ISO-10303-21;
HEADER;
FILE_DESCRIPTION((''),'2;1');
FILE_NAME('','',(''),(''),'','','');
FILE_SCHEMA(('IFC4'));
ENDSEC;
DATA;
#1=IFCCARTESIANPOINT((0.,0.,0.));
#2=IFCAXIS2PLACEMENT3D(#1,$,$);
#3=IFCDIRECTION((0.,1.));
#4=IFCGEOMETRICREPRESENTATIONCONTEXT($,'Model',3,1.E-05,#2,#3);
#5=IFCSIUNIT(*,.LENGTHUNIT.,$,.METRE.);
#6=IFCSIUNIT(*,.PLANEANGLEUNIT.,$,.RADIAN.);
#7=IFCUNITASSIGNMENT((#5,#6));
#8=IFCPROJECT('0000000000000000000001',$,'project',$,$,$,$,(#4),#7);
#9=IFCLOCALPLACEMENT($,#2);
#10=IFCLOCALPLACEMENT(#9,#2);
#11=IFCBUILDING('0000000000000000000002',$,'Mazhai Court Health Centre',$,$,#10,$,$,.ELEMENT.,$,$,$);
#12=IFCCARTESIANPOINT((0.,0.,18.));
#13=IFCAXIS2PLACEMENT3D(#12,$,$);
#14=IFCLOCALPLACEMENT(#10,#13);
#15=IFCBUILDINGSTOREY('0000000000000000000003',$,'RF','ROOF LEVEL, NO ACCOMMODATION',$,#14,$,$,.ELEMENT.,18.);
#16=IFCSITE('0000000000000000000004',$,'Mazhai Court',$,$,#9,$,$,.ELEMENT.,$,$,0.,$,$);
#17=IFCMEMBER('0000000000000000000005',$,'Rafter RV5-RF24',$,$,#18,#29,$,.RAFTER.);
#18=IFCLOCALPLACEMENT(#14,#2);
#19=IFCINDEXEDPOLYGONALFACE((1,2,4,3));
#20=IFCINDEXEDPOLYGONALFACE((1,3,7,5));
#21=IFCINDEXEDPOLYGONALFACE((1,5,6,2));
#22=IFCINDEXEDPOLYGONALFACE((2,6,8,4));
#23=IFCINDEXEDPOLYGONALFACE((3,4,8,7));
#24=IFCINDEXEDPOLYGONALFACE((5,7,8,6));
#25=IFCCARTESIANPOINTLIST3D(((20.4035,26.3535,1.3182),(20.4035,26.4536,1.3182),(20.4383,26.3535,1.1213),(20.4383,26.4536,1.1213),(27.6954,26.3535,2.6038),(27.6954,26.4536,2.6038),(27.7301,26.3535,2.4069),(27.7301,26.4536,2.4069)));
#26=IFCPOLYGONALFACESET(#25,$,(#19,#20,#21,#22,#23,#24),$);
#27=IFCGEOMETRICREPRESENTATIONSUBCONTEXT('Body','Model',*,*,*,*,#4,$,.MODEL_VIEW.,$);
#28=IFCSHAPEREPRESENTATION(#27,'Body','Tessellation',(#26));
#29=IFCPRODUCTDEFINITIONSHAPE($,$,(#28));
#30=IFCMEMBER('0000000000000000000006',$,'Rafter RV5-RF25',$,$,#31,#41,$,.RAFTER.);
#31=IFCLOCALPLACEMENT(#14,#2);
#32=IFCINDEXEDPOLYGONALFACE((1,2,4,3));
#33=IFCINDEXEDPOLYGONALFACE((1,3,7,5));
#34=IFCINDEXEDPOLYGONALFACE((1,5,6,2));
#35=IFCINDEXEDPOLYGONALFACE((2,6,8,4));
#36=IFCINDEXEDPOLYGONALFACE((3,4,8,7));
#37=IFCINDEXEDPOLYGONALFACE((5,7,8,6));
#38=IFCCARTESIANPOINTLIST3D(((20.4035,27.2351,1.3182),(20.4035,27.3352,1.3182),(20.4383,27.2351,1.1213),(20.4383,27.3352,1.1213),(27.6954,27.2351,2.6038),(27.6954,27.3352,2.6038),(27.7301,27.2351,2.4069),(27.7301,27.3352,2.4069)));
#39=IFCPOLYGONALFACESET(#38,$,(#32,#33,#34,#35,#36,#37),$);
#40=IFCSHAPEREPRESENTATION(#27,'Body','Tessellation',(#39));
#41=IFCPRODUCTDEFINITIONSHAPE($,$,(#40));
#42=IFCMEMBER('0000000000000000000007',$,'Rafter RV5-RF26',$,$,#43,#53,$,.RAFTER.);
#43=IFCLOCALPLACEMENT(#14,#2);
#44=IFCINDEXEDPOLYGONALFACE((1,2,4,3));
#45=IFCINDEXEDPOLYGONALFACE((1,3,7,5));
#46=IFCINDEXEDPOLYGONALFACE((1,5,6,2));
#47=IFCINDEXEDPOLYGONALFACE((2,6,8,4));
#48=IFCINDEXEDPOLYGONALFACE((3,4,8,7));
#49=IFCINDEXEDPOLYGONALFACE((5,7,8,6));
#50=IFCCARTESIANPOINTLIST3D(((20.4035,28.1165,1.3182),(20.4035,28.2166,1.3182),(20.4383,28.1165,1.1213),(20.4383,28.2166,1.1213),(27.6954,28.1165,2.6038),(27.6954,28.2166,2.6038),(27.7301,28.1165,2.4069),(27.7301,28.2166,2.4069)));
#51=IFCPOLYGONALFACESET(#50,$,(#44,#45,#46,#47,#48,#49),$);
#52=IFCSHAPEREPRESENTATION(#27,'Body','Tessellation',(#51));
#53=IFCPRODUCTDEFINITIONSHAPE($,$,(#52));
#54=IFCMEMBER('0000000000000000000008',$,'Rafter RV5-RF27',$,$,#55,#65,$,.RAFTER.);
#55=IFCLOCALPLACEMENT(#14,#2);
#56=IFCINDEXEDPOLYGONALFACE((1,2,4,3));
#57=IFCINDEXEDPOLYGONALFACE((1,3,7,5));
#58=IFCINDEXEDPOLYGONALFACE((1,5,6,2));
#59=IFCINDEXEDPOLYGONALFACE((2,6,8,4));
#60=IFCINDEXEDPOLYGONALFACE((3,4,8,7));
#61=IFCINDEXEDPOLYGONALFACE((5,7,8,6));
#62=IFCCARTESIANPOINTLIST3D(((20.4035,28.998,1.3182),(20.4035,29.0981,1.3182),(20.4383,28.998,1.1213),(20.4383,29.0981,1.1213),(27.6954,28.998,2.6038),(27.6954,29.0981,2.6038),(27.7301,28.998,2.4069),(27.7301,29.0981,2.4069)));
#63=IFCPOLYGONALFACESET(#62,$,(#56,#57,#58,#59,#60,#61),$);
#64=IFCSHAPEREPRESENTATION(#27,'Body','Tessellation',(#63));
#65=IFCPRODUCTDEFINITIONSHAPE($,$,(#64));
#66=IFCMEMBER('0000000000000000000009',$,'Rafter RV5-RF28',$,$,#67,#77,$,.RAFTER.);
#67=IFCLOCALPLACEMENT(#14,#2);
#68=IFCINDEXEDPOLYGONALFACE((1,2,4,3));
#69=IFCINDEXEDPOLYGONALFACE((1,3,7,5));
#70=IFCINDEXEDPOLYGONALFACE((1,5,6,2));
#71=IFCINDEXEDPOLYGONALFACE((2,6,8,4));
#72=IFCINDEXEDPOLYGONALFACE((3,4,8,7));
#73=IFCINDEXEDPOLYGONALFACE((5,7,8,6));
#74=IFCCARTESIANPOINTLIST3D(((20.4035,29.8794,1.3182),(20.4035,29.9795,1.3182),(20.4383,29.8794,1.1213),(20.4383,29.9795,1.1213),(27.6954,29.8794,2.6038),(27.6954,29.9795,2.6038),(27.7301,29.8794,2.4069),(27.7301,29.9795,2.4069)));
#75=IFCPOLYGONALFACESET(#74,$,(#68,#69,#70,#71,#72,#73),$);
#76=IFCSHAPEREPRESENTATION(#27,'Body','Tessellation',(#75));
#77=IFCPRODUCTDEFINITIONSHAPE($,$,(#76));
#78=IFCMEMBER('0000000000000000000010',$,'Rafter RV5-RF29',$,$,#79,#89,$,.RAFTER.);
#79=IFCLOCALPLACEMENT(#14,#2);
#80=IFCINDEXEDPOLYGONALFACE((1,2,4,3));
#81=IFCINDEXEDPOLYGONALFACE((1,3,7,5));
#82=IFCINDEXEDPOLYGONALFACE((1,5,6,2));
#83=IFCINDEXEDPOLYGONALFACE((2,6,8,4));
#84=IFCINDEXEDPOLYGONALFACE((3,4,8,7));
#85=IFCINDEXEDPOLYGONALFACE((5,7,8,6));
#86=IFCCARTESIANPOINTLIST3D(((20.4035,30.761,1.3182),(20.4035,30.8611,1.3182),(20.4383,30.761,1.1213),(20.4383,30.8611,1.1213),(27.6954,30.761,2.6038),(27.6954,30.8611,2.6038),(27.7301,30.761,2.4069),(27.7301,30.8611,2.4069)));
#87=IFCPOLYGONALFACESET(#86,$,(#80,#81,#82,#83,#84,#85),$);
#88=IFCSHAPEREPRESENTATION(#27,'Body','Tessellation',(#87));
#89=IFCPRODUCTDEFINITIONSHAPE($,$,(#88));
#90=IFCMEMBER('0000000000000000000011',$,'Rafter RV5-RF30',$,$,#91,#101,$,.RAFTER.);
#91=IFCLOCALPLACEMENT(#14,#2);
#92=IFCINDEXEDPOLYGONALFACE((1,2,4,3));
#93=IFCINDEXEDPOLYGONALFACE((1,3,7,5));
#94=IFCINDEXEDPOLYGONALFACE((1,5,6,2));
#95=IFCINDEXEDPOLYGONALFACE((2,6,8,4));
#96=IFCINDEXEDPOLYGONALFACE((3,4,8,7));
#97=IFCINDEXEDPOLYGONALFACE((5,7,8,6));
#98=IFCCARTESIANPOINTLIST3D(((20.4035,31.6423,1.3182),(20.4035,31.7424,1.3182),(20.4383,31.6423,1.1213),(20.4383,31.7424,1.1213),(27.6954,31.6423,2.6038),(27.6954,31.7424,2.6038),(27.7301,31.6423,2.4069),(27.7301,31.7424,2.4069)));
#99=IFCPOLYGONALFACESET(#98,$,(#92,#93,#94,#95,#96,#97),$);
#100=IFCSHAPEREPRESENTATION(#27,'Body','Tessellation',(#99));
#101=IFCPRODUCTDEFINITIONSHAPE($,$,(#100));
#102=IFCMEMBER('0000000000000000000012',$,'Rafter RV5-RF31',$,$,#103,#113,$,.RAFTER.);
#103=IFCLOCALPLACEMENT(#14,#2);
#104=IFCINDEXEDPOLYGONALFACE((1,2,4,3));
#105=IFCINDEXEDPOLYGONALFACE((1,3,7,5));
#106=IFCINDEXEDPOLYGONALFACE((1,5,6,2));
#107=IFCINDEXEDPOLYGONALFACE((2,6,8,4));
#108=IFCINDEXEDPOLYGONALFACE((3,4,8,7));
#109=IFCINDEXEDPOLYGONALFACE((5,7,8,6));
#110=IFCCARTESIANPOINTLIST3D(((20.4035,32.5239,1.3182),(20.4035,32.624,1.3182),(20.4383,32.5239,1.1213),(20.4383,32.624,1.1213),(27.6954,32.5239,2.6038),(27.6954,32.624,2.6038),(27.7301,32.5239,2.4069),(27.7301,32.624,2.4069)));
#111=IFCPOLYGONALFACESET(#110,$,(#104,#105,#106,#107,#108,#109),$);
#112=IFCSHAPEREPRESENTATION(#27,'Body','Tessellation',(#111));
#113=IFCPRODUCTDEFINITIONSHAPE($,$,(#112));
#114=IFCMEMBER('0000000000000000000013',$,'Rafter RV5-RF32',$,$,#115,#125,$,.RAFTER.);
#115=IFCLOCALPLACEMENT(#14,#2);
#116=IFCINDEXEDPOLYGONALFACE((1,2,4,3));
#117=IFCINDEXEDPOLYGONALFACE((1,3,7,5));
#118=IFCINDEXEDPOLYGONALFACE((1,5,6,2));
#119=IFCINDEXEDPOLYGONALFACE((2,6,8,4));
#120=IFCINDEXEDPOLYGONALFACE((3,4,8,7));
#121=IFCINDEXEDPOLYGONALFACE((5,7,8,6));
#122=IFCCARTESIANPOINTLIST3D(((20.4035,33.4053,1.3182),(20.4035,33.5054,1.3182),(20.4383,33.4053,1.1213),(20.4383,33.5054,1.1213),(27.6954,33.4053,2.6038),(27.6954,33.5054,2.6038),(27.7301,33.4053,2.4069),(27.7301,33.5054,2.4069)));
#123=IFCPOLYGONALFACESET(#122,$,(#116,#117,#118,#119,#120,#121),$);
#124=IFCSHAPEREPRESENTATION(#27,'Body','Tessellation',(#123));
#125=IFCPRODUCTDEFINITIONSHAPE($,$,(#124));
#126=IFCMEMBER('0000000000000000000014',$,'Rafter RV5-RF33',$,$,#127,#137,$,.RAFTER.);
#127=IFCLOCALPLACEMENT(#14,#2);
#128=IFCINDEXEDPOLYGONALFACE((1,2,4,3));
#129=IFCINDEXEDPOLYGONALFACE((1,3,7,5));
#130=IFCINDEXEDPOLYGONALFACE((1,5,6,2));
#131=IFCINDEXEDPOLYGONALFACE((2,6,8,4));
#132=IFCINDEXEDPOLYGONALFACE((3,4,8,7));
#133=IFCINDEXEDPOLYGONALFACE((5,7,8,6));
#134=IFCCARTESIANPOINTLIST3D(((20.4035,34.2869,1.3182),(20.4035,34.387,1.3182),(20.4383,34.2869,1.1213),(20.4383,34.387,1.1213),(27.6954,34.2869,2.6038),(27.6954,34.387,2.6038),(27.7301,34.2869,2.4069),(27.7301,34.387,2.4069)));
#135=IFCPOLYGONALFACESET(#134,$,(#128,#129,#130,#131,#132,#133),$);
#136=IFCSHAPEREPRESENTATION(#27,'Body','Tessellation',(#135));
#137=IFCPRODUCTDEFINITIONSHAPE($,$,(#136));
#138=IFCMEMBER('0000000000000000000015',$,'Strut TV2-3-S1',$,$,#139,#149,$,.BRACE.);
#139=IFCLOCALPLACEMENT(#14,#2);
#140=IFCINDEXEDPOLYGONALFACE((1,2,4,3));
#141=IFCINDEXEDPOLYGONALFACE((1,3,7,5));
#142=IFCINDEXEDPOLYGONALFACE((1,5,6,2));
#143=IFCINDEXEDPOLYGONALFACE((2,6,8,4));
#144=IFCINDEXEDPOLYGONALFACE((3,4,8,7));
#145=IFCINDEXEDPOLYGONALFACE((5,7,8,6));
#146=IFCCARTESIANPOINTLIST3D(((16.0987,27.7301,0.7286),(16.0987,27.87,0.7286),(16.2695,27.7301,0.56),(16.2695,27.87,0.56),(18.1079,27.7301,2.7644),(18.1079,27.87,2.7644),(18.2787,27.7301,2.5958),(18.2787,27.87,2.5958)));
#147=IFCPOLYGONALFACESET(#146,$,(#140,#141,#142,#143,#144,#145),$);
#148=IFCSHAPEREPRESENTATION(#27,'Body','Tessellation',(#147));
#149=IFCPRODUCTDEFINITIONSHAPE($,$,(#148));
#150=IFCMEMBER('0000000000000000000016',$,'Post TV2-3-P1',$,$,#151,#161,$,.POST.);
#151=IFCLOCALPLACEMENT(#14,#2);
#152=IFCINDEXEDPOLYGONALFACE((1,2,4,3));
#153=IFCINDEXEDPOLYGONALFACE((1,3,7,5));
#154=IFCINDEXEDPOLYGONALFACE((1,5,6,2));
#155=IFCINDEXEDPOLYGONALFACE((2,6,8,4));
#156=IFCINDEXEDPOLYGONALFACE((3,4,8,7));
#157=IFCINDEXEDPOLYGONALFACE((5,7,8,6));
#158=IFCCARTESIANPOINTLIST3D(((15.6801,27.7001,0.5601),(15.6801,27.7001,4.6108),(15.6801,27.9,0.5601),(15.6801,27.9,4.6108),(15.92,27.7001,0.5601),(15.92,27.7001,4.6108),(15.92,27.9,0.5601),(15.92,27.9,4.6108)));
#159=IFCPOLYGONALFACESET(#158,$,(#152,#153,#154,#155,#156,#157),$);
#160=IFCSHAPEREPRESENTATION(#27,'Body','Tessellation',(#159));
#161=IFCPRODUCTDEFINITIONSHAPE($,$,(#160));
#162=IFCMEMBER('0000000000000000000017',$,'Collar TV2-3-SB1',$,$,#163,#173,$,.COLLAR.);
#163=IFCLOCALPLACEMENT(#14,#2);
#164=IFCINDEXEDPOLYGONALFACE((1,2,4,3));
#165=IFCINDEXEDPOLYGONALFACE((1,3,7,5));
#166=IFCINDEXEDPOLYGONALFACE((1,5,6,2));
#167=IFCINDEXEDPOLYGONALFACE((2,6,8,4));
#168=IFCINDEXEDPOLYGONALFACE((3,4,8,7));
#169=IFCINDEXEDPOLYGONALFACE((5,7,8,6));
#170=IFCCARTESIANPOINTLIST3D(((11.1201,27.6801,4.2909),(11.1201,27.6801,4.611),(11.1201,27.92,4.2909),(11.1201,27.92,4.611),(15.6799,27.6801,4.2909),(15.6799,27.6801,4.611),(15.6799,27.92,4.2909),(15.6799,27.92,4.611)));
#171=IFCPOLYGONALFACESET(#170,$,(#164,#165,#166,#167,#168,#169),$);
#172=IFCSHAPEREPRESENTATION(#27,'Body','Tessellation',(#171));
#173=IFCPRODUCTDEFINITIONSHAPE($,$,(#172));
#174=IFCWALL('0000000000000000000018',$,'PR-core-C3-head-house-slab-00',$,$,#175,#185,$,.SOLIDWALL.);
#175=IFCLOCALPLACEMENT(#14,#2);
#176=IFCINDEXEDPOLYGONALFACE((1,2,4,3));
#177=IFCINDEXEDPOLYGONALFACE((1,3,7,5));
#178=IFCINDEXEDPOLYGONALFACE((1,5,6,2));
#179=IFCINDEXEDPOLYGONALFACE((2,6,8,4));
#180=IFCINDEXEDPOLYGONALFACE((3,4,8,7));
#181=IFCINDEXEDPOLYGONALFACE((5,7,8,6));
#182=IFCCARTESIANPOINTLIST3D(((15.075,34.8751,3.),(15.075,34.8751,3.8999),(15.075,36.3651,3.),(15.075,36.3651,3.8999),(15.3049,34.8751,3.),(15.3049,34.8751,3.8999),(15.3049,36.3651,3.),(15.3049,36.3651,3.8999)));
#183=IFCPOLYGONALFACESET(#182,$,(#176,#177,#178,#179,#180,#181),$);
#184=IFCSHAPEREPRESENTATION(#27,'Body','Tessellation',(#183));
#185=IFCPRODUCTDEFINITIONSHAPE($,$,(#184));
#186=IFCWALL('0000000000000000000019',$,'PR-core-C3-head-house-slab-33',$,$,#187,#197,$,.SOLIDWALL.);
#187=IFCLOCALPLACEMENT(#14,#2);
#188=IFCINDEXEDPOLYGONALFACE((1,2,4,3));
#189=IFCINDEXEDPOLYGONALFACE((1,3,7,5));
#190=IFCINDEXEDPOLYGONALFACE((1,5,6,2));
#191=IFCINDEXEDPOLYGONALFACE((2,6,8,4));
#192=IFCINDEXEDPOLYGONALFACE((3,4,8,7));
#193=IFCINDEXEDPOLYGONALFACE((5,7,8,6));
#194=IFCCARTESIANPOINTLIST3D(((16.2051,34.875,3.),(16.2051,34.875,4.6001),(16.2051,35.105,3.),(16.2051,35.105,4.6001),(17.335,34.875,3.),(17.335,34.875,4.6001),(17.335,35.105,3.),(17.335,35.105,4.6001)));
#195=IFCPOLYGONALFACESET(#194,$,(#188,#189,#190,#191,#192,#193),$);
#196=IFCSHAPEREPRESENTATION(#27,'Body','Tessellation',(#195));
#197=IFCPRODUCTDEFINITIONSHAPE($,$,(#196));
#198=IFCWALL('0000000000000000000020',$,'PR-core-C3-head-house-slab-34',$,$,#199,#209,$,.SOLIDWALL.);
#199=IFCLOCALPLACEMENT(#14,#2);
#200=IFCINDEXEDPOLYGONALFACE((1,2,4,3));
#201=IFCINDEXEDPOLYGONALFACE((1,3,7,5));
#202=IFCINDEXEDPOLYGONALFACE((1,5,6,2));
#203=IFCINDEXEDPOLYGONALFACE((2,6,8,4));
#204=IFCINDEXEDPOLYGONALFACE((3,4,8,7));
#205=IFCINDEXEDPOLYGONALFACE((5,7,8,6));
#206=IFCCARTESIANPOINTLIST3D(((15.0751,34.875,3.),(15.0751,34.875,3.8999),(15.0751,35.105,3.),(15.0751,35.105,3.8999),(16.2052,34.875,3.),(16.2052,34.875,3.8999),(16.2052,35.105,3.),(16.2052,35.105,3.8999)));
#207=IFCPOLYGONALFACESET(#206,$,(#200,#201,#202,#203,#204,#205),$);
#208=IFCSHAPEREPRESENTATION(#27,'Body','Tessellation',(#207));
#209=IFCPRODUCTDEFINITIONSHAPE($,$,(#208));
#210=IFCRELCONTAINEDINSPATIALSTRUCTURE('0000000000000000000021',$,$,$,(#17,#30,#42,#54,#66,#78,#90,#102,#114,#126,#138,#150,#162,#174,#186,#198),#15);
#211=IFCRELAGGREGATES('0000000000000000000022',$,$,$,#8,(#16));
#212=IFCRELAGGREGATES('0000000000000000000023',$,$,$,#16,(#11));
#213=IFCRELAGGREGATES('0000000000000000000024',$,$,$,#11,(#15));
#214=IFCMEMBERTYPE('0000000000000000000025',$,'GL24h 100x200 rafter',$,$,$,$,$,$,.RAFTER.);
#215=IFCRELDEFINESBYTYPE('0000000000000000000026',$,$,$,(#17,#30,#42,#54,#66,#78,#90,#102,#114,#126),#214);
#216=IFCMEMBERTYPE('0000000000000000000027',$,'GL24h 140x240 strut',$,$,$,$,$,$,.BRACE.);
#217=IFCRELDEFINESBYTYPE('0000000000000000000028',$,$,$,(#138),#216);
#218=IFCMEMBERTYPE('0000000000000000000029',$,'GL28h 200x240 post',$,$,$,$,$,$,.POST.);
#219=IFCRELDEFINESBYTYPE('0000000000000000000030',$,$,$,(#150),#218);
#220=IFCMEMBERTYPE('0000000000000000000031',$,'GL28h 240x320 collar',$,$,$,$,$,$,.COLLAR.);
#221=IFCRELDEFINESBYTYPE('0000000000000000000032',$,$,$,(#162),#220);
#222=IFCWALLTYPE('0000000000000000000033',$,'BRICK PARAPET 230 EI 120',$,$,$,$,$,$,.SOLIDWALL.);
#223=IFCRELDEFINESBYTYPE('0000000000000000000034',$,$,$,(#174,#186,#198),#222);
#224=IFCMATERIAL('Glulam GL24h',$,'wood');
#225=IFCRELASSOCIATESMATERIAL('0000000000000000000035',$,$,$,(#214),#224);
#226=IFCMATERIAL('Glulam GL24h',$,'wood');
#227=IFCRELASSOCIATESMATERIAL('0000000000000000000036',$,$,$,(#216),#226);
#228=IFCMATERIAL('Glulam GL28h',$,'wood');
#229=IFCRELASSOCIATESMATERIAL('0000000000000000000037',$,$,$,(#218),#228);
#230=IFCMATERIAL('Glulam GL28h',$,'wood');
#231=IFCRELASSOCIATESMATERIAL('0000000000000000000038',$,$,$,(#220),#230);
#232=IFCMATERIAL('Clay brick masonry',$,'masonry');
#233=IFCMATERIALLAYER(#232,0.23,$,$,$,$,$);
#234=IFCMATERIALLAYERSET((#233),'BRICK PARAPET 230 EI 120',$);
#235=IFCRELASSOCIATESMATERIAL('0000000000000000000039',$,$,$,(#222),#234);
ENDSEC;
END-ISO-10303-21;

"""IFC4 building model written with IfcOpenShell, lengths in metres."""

from ifc_helpers import new_model, si_unit, direction, frame, frame_2d, origin, origin_2d, place, context, subcontext, project, spatial, rectangle, extrude, material, layer, layer_set, material_profile, profile_set, type_object, element, save


model = new_model("IFC4")

# Units and contexts
model_context = context("Model", 3, precision=1e-05, world=origin(), true_north=direction((0.0, 1.0)))
body_context = subcontext(model_context, "Body", "Model", "MODEL_VIEW")
ifc_project = project(units=[si_unit("LENGTHUNIT", "METRE"), si_unit("PLANEANGLEUNIT", "RADIAN")], contexts=[model_context])

# Site, building, storey
site_placement = place(None, origin())
site = spatial("IfcSite", under=ifc_project, at=site_placement, Name="Mazhai Court", CompositionType="ELEMENT", RefElevation=0.0)
building_placement = place(site_placement, origin())
building = spatial("IfcBuilding", under=site, at=building_placement, Name="Mazhai Court Health Centre", CompositionType="ELEMENT")
storey_placement = place(building_placement, frame((0.0, 0.0, 18.0)))
storey = spatial("IfcBuildingStorey", under=building, at=storey_placement, Name="RF", Description="ROOF LEVEL, NO ACCOMMODATION", CompositionType="ELEMENT", Elevation=18.0)

# Members
ifc_material_1 = material(Name="Glulam GL24h", Category="wood")
ifc_material_profile_1 = material_profile(ifc_material_1, rectangle(XDim=0.1001, YDim=0.2, at=origin_2d()), Name="GL24h 100x200")
ifc_profile_set_1 = profile_set([ifc_material_profile_1], Name="Glulam GL24h")
member_type_1 = type_object("IfcMemberType", Name="GL24h 100x200 rafter", PredefinedType="RAFTER", material=ifc_profile_set_1)
for number, where, z_axis, x_axis, name in (
    (1, (20.4209, 26.4036, 1.2197), (0.98481, 0.0, 0.173637), (0.0, 1.0, 0.0), "Rafter RV5-RF24"),
    (2, (20.4209, 27.2852, 1.2197), (0.98481, 0.0, 0.173637), (0.0, 1.0, 0.0), "Rafter RV5-RF25"),
    (3, (20.4209, 28.1665, 1.2197), (0.98481, 0.0, 0.173637), (0.0, 1.0, 0.0), "Rafter RV5-RF26"),
    (4, (20.4209, 29.0481, 1.2197), (0.98481, 0.0, 0.173637), (0.0, 1.0, 0.0), "Rafter RV5-RF27"),
    (5, (20.4209, 29.9294, 1.2197), (0.98481, 0.0, 0.173637), (0.0, 1.0, 0.0), "Rafter RV5-RF28"),
    (6, (20.4209, 30.811, 1.2197), (0.98481, 0.0, 0.173637), (0.0, 1.0, 0.0), "Rafter RV5-RF29"),
    (7, (20.4209, 31.6924, 1.2197), (0.98481, 0.0, 0.173637), (0.0, 1.0, 0.0), "Rafter RV5-RF30"),
    (8, (20.4209, 32.574, 1.2197), (0.98481, 0.0, 0.173637), (0.0, 1.0, 0.0), "Rafter RV5-RF31"),
    (9, (20.4209, 33.4553, 1.2197), (0.98481, 0.0, 0.173637), (0.0, 1.0, 0.0), "Rafter RV5-RF32"),
    (10, (20.4209, 34.3369, 1.2197), (0.98481, 0.0, 0.173637), (0.0, 1.0, 0.0), "Rafter RV5-RF33"),
):
    element("IfcMember", number, at=place(storey_placement, frame(where, z_axis=z_axis, x_axis=x_axis)), inside=storey, type_object=member_type_1, Name=name, PredefinedType="RAFTER", context=body_context, shape_type="SweptSolid", body=[
        extrude(rectangle(XDim=0.1001, YDim=0.2, at=origin_2d()), origin(), (0.0, 0.0, 1.0), 7.4043),
    ])
ifc_material_2 = material(Name="Glulam GL24h", Category="wood")
ifc_material_profile_2 = material_profile(ifc_material_2, rectangle(XDim=0.1399, YDim=0.24, at=origin_2d()), Name="GL24h 140x240")
ifc_profile_set_2 = profile_set([ifc_material_profile_2], Name="Glulam GL24h")
member_type_2 = type_object("IfcMemberType", Name="GL24h 140x240 strut", PredefinedType="BRACE", material=ifc_profile_set_2)
member_1_placement = place(storey_placement, frame((16.1841, 27.8, 0.6443), z_axis=(0.70244, 0.0, 0.711743), x_axis=(0.0, 1.0, 0.0)))
element("IfcMember", 11, at=member_1_placement, inside=storey, type_object=member_type_2, Name="Strut TV2-3-S1", PredefinedType="BRACE", context=body_context, shape_type="SweptSolid", body=[
    extrude(rectangle(XDim=0.1399, YDim=0.24, at=origin_2d()), origin(), (0.0, 0.0, 1.0), 2.8604),
])
ifc_material_3 = material(Name="Glulam GL28h", Category="wood")
ifc_material_profile_3 = material_profile(ifc_material_3, rectangle(XDim=0.2, YDim=0.24, at=origin_2d()), Name="GL28h 200x240")
ifc_profile_set_3 = profile_set([ifc_material_profile_3], Name="Glulam GL28h")
member_type_3 = type_object("IfcMemberType", Name="GL28h 200x240 post", PredefinedType="POST", material=ifc_profile_set_3)
member_2_placement = place(storey_placement, frame((15.8, 27.8, 0.5601), z_axis=(0.0, 0.0, 1.0), x_axis=(0.0, 1.0, 0.0)))
element("IfcMember", 12, at=member_2_placement, inside=storey, type_object=member_type_3, Name="Post TV2-3-P1", PredefinedType="POST", context=body_context, shape_type="SweptSolid", body=[
    extrude(rectangle(XDim=0.2, YDim=0.24, at=origin_2d()), origin(), (0.0, 0.0, 1.0), 4.0508),
])
ifc_material_4 = material(Name="Glulam GL28h", Category="wood")
ifc_material_profile_4 = material_profile(ifc_material_4, rectangle(XDim=0.24, YDim=0.3201, at=origin_2d()), Name="GL28h 240x320")
ifc_profile_set_4 = profile_set([ifc_material_profile_4], Name="Glulam GL28h")
member_type_4 = type_object("IfcMemberType", Name="GL28h 240x320 collar", PredefinedType="COLLAR", material=ifc_profile_set_4)
member_3_placement = place(storey_placement, frame((15.6799, 27.8, 4.4509), z_axis=(-1.0, 0.0, 0.0), x_axis=(0.0, -1.0, 0.0)))
element("IfcMember", 13, at=member_3_placement, inside=storey, type_object=member_type_4, Name="Collar TV2-3-SB1", PredefinedType="COLLAR", context=body_context, shape_type="SweptSolid", body=[
    extrude(rectangle(XDim=0.24, YDim=0.3201, at=origin_2d()), origin(), (0.0, 0.0, 1.0), 4.5598),
])

# Walls
ifc_material_5 = material(Name="Clay brick masonry", Category="masonry")
ifc_layer_1 = layer(ifc_material_5, 0.23)
ifc_layer_set_1 = layer_set([ifc_layer_1], Name="BRICK PARAPET 230 EI 120")
wall_type_1 = type_object("IfcWallType", Name="BRICK PARAPET 230 EI 120", PredefinedType="SOLIDWALL", material=ifc_layer_set_1)
wall_1_placement = place(storey_placement, frame((15.1899, 34.875, 3.0), z_axis=(0.0, 0.0, 1.0), x_axis=(0.0, 1.0, 0.0)))
element("IfcWall", 14, at=wall_1_placement, inside=storey, type_object=wall_type_1, Name="PR-core-C3-head-house-slab-00", PredefinedType="SOLIDWALL", context=body_context, shape_type="SweptSolid", body=[
    extrude(rectangle(XDim=1.49, YDim=0.23, at=frame_2d((0.7451, 0.0))), origin(), (0.0, 0.0, 1.0), 0.8999),
])
wall_2_placement = place(storey_placement, frame((17.335, 34.99, 3.0), z_axis=(0.0, 0.0, 1.0), x_axis=(-1.0, 0.0, 0.0)))
element("IfcWall", 15, at=wall_2_placement, inside=storey, type_object=wall_type_1, Name="PR-core-C3-head-house-slab-33", PredefinedType="SOLIDWALL", context=body_context, shape_type="SweptSolid", body=[
    extrude(rectangle(XDim=1.1299, YDim=0.23, at=frame_2d((0.5649, 0.0))), origin(), (0.0, 0.0, 1.0), 1.6001),
])
wall_3_placement = place(storey_placement, frame((16.2051, 34.99, 3.0), z_axis=(0.0, 0.0, 1.0), x_axis=(-1.0, 0.0, 0.0)))
element("IfcWall", 16, at=wall_3_placement, inside=storey, type_object=wall_type_1, Name="PR-core-C3-head-house-slab-34", PredefinedType="SOLIDWALL", context=body_context, shape_type="SweptSolid", body=[
    extrude(rectangle(XDim=1.1301, YDim=0.23, at=frame_2d((0.5649, 0.0))), origin(), (0.0, 0.0, 1.0), 0.8999),
])

save(model, "model.ifc")
